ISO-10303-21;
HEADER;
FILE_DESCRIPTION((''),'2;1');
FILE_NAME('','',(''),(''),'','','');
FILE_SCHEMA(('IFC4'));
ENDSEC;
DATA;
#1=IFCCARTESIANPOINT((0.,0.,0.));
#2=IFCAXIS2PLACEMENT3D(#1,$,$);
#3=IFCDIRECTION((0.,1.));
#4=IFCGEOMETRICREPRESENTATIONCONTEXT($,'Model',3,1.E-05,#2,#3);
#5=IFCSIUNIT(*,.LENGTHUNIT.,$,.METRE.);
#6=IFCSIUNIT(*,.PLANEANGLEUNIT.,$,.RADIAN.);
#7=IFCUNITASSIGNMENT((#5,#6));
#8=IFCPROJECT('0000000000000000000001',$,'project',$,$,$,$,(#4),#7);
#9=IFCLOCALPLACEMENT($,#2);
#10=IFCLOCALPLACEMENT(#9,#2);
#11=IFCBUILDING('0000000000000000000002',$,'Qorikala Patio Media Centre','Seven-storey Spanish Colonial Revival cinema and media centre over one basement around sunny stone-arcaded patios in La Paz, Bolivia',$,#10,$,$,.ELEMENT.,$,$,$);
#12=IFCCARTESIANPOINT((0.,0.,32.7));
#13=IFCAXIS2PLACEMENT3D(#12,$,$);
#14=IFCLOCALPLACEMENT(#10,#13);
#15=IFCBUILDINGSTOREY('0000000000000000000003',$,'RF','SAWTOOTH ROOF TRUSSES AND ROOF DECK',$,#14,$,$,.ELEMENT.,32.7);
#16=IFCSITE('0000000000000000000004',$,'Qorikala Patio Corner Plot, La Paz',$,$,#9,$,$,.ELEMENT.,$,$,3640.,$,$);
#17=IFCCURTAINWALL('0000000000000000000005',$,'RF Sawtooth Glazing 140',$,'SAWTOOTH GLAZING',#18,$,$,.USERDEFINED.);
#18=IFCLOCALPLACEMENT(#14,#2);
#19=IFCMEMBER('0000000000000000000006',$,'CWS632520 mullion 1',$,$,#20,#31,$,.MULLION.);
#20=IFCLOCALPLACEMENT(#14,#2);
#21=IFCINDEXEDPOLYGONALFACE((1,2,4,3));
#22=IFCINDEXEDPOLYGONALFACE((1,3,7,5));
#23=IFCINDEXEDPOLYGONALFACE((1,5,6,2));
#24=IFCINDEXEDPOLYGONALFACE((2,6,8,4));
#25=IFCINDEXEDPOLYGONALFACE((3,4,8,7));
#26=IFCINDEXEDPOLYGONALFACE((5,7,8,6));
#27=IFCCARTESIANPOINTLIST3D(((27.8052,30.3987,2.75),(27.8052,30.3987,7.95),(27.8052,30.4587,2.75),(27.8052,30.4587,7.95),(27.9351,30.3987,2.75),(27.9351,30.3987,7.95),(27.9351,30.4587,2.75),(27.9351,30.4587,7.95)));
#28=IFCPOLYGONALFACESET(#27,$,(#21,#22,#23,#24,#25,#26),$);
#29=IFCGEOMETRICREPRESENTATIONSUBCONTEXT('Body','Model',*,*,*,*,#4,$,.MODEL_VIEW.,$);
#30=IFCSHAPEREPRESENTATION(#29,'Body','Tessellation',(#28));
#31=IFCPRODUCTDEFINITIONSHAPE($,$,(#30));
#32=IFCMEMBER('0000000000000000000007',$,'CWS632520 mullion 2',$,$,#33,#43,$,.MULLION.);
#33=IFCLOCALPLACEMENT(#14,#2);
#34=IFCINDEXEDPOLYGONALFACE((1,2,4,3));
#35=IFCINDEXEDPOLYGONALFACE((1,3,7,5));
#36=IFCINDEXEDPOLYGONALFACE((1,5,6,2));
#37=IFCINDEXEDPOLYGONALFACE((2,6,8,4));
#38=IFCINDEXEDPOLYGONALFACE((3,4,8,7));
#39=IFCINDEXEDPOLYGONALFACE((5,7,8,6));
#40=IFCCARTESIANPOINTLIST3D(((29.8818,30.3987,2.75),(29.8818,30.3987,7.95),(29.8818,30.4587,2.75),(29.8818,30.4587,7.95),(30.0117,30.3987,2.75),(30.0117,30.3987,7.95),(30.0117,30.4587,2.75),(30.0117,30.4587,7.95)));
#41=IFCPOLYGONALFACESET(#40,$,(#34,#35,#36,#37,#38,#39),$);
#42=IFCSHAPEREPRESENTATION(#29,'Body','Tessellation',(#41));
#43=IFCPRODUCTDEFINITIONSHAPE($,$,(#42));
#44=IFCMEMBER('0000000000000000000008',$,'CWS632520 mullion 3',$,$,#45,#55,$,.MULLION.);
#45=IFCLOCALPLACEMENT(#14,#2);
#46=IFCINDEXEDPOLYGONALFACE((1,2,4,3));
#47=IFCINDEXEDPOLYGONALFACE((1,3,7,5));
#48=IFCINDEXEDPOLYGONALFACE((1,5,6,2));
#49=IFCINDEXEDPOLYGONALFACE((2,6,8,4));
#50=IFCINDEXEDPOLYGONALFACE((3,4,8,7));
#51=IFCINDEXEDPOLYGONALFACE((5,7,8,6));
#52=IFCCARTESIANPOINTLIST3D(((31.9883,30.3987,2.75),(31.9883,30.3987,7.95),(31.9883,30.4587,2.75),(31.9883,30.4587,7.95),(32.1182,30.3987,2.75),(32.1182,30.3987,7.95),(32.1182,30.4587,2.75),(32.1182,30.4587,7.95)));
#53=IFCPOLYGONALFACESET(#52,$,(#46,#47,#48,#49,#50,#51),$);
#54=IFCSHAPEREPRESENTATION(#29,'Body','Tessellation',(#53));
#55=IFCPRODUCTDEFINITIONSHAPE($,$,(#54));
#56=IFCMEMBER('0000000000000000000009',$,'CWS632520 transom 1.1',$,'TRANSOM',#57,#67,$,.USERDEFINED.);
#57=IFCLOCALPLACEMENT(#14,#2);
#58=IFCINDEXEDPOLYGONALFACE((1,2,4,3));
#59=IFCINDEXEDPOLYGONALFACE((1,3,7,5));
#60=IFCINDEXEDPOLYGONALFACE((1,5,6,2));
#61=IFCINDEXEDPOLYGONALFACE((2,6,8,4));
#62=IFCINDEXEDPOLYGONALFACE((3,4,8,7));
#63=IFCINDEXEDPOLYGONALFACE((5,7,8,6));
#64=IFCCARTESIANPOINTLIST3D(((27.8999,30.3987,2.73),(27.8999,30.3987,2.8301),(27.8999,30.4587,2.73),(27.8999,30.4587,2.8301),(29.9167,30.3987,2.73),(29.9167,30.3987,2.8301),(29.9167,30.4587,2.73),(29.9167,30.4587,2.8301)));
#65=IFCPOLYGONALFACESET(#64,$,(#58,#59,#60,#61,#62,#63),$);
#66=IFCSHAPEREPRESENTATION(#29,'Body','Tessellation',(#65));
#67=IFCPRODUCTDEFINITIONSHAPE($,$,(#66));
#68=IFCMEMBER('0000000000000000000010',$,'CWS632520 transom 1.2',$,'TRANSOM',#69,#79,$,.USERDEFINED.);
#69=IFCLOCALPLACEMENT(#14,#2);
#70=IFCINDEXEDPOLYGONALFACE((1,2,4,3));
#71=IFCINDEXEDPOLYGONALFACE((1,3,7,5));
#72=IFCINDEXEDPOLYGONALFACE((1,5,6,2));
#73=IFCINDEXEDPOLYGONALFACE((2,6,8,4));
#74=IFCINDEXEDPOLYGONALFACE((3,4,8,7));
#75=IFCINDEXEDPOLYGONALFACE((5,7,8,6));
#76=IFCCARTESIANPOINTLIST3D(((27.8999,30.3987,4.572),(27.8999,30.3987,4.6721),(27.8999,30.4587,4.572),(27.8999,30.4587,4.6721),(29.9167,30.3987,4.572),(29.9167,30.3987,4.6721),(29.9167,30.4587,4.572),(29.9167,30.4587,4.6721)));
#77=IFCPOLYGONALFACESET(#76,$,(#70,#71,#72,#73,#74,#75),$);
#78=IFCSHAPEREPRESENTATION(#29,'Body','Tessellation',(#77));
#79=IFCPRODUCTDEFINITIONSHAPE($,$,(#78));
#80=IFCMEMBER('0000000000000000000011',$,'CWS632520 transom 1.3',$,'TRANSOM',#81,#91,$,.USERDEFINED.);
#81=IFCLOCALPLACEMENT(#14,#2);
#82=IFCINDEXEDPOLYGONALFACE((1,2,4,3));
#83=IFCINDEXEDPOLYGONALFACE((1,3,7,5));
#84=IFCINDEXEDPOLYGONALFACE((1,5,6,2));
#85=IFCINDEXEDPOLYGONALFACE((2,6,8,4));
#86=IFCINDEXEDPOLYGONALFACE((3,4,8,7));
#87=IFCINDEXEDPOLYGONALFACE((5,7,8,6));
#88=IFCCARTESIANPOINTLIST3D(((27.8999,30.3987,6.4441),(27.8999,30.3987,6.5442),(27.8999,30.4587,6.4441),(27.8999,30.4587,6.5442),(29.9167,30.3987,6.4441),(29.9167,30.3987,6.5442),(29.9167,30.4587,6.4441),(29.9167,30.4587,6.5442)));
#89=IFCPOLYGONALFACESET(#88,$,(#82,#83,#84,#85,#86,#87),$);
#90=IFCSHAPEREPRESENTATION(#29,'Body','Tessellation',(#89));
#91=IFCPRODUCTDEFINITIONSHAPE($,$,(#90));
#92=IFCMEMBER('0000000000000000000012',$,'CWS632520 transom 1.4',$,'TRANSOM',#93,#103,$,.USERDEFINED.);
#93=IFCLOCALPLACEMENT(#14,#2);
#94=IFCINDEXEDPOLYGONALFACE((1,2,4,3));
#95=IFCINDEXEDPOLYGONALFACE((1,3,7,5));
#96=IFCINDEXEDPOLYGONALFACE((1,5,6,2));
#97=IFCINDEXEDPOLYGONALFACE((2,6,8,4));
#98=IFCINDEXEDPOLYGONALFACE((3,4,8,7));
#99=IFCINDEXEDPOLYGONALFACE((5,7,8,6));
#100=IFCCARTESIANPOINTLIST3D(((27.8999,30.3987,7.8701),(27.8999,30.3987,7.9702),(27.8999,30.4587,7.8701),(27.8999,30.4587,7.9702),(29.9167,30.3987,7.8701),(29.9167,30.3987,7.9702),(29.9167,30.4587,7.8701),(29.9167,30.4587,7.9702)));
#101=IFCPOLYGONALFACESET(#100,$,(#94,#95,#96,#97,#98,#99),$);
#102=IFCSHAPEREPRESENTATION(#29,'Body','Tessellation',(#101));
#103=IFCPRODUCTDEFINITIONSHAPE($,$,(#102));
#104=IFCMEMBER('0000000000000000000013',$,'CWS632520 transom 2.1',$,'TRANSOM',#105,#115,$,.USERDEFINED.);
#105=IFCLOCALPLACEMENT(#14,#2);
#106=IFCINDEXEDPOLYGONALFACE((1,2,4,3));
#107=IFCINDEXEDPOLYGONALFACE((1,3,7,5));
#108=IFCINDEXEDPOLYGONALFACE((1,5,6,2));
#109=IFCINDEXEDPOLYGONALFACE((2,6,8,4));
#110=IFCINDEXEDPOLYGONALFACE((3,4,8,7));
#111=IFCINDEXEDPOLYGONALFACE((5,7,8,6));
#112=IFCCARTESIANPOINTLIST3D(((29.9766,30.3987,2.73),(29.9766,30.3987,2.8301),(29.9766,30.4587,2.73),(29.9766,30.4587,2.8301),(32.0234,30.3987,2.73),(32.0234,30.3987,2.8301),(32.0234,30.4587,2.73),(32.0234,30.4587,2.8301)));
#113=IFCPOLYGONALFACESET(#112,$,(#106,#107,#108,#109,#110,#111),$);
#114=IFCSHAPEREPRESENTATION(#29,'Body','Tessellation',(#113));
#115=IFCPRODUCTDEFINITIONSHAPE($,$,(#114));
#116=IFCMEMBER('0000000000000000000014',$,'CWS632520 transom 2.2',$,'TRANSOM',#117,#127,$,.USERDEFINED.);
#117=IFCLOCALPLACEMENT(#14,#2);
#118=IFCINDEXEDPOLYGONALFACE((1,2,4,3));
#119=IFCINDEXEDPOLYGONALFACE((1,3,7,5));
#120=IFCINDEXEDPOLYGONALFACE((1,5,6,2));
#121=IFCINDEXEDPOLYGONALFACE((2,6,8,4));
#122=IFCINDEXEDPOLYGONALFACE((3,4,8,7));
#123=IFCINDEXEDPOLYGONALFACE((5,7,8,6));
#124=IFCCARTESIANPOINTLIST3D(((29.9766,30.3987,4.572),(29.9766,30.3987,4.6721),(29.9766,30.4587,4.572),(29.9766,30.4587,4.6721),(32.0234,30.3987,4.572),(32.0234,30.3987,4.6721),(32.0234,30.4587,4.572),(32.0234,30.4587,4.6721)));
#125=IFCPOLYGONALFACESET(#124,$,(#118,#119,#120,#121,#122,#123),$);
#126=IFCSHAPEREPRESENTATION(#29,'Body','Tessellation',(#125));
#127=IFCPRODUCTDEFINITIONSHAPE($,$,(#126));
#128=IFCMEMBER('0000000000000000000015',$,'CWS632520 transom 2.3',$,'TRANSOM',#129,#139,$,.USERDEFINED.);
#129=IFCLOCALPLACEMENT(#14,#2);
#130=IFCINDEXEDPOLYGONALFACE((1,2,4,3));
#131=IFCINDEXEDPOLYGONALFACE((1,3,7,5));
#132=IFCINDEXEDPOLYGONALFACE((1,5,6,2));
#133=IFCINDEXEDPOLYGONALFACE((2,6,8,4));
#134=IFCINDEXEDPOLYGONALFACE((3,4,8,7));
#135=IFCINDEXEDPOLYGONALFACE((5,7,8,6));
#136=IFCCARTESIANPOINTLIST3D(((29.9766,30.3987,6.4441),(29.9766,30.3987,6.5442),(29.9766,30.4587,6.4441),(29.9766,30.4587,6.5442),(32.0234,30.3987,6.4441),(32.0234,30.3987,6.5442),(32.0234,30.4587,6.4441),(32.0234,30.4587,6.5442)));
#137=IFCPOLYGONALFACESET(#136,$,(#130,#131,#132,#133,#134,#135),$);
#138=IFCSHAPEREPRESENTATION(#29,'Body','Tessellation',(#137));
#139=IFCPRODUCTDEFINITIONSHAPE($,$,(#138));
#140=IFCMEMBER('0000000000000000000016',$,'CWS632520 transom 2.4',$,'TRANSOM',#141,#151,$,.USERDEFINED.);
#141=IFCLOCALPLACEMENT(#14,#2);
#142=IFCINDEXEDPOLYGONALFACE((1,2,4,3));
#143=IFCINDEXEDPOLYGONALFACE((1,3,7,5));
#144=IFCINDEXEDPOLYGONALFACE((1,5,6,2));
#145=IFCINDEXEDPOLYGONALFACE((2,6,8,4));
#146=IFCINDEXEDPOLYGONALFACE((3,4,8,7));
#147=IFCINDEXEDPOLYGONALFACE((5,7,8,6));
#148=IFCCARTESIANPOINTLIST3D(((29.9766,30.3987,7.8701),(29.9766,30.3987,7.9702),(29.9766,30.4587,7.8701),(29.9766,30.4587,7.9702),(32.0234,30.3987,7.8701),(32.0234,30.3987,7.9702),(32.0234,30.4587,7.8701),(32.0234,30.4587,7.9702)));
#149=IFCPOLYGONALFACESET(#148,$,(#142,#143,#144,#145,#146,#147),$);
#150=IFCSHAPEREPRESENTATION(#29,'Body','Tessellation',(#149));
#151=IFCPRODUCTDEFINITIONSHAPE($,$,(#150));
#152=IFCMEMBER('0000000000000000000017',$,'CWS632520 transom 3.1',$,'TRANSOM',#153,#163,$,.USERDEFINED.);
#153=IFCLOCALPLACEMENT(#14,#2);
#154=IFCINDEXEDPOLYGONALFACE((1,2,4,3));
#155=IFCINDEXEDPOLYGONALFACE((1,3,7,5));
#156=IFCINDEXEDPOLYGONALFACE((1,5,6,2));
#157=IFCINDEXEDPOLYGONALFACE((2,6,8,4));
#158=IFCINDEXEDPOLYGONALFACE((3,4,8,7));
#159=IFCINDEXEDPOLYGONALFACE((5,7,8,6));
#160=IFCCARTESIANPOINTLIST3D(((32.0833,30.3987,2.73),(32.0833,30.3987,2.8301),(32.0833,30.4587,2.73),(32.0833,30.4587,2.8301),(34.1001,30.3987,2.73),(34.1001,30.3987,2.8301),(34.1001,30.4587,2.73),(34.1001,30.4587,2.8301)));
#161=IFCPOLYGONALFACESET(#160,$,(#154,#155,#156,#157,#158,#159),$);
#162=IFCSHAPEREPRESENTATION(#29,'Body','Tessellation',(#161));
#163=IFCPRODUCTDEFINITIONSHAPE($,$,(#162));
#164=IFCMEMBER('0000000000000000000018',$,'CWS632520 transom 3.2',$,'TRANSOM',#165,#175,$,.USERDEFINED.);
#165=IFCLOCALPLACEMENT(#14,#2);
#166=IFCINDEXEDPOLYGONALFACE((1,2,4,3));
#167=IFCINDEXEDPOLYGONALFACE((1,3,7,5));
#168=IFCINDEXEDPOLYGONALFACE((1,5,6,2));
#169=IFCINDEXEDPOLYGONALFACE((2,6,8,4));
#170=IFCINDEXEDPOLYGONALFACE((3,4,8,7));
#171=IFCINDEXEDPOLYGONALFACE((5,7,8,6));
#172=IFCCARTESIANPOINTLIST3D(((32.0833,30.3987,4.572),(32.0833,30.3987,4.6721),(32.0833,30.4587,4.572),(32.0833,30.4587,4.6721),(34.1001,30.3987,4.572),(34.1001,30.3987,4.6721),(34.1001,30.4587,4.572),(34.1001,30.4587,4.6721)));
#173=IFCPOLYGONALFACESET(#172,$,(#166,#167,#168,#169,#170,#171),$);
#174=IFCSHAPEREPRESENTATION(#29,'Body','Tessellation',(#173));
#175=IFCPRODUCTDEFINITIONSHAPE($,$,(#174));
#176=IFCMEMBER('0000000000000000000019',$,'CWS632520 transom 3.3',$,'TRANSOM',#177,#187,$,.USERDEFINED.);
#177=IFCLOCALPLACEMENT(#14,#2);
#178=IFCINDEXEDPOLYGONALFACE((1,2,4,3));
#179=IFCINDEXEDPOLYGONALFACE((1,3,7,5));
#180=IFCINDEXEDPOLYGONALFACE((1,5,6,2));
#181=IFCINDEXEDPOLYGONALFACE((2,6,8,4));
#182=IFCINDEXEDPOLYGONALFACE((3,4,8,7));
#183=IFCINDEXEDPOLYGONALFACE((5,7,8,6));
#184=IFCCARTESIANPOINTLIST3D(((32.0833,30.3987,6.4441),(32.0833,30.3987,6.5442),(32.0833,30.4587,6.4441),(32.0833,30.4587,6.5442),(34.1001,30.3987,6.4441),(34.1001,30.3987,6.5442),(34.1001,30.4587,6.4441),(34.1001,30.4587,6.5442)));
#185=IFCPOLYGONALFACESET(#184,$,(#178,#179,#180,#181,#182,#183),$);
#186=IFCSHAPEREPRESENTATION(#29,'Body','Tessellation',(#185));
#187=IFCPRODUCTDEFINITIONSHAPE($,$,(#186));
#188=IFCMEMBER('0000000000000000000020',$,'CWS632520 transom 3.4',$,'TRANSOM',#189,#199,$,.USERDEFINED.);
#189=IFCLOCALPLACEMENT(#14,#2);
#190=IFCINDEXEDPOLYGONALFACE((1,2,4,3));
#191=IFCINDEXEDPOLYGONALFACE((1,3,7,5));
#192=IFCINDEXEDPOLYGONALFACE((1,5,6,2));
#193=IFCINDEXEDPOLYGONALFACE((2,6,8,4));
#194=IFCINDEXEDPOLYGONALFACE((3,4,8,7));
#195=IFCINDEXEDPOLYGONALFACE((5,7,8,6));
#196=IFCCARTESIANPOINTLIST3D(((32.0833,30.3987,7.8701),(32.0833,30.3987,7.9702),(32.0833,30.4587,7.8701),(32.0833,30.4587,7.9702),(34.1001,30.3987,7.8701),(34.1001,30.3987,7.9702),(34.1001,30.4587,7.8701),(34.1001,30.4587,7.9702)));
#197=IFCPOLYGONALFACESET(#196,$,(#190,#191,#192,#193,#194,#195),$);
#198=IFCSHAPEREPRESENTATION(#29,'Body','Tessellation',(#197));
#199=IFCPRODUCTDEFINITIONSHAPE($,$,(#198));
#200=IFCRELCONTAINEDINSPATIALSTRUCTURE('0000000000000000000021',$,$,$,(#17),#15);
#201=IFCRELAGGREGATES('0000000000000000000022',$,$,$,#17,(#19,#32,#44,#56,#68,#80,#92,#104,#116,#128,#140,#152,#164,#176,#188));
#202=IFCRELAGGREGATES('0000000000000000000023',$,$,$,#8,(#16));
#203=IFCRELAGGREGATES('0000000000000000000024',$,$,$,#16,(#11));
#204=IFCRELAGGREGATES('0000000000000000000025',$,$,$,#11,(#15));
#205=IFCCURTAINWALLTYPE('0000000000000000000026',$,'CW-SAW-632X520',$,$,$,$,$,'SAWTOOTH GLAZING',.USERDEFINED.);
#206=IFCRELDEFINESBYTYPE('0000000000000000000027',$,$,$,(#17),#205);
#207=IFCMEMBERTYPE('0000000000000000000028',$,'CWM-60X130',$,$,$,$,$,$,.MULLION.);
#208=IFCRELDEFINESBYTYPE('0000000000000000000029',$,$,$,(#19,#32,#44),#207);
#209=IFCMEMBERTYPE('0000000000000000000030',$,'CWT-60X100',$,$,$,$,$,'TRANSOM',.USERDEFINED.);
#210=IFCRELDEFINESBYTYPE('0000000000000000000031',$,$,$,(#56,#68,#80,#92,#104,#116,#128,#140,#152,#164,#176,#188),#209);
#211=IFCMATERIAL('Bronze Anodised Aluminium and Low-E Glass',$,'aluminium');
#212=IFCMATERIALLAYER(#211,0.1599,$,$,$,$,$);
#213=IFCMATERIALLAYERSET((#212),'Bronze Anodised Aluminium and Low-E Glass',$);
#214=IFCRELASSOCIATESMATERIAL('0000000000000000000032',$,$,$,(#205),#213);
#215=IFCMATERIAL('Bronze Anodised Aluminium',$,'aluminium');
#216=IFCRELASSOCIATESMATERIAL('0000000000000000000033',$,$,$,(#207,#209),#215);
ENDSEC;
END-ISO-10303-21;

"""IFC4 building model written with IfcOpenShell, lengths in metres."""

from ifc_helpers import new_model, si_unit, direction, frame, origin, origin_2d, place, context, subcontext, project, spatial, rectangle, extrude, material, layer, layer_set, material_profile, profile_set, type_object, element, aggregate, save


model = new_model("IFC4")

# Units and contexts
model_context = context("Model", 3, precision=1e-05, world=origin(), true_north=direction((0.0, 1.0)))
body_context = subcontext(model_context, "Body", "Model", "MODEL_VIEW")
ifc_project = project(units=[si_unit("LENGTHUNIT", "METRE"), si_unit("PLANEANGLEUNIT", "RADIAN")], contexts=[model_context])

# Site, building, storey
site_placement = place(None, origin())
site = spatial("IfcSite", under=ifc_project, at=site_placement, Name="Qorikala Patio Corner Plot, La Paz", CompositionType="ELEMENT", RefElevation=3640.0)
building_placement = place(site_placement, origin())
building = spatial("IfcBuilding", under=site, at=building_placement, Name="Qorikala Patio Media Centre", Description="Seven-storey Spanish Colonial Revival cinema and media centre over one basement around sunny stone-arcaded patios in La Paz, Bolivia", CompositionType="ELEMENT")
storey_placement = place(building_placement, frame((0.0, 0.0, 32.7)))
storey = spatial("IfcBuildingStorey", under=building, at=storey_placement, Name="RF", Description="SAWTOOTH ROOF TRUSSES AND ROOF DECK", CompositionType="ELEMENT", Elevation=32.7)

# Curtain wall, members
ifc_material_1 = material(Name="Bronze Anodised Aluminium and Low-E Glass", Category="aluminium")
ifc_layer_1 = layer(ifc_material_1, 0.1599)
ifc_layer_set_1 = layer_set([ifc_layer_1], Name="Bronze Anodised Aluminium and Low-E Glass")
curtain_wall_type = type_object("IfcCurtainWallType", Name="CW-SAW-632X520", ElementType="SAWTOOTH GLAZING", PredefinedType="USERDEFINED", material=ifc_layer_set_1)
curtain_wall_placement = place(storey_placement, origin())
curtain_wall = element("IfcCurtainWall", 1, at=curtain_wall_placement, inside=storey, type_object=curtain_wall_type, Name="RF Sawtooth Glazing 140", ObjectType="SAWTOOTH GLAZING", PredefinedType="USERDEFINED")
ifc_material_2 = material(Name="Bronze Anodised Aluminium", Category="aluminium")
ifc_material_profile_1 = material_profile(ifc_material_2, rectangle(XDim=0.0601, YDim=0.1299, at=origin_2d()), Name="ALU MULLION 60x130")
ifc_profile_set_1 = profile_set([ifc_material_profile_1], Name="Bronze Anodised Aluminium")
member_type_1 = type_object("IfcMemberType", Name="CWM-60X130", PredefinedType="MULLION", material=ifc_profile_set_1)
member_1_placement = place(storey_placement, frame((27.8701, 30.4287, 2.75), z_axis=(0.0, 0.0, 1.0), x_axis=(0.0, 1.0, 0.0)))
member_1 = element("IfcMember", 2, at=member_1_placement, type_object=member_type_1, Name="CWS632520 mullion 1", PredefinedType="MULLION", context=body_context, shape_type="SweptSolid", body=[
    extrude(rectangle(XDim=0.0601, YDim=0.1299, at=origin_2d()), origin(), (0.0, 0.0, 1.0), 5.2),
])
member_2_placement = place(storey_placement, frame((29.9468, 30.4287, 2.75), z_axis=(0.0, 0.0, 1.0), x_axis=(0.0, 1.0, 0.0)))
member_2 = element("IfcMember", 3, at=member_2_placement, type_object=member_type_1, Name="CWS632520 mullion 2", PredefinedType="MULLION", context=body_context, shape_type="SweptSolid", body=[
    extrude(rectangle(XDim=0.0601, YDim=0.1299, at=origin_2d()), origin(), (0.0, 0.0, 1.0), 5.2),
])
member_3_placement = place(storey_placement, frame((32.0532, 30.4287, 2.75), z_axis=(0.0, 0.0, 1.0), x_axis=(0.0, 1.0, 0.0)))
member_3 = element("IfcMember", 4, at=member_3_placement, type_object=member_type_1, Name="CWS632520 mullion 3", PredefinedType="MULLION", context=body_context, shape_type="SweptSolid", body=[
    extrude(rectangle(XDim=0.0601, YDim=0.1299, at=origin_2d()), origin(), (0.0, 0.0, 1.0), 5.2),
])
ifc_material_profile_2 = material_profile(ifc_material_2, rectangle(XDim=0.0601, YDim=0.1001, at=origin_2d()), Name="ALU TRANSOM 60x100")
ifc_profile_set_2 = profile_set([ifc_material_profile_2], Name="Bronze Anodised Aluminium")
member_type_2 = type_object("IfcMemberType", Name="CWT-60X100", ElementType="TRANSOM", PredefinedType="USERDEFINED", material=ifc_profile_set_2)
member_4_placement = place(storey_placement, frame((27.8999, 30.4287, 2.78), z_axis=(1.0, 0.0, 0.0), x_axis=(0.0, 1.0, 0.0)))
member_4 = element("IfcMember", 5, at=member_4_placement, type_object=member_type_2, Name="CWS632520 transom 1.1", ObjectType="TRANSOM", PredefinedType="USERDEFINED", context=body_context, shape_type="SweptSolid", body=[
    extrude(rectangle(XDim=0.0601, YDim=0.1001, at=origin_2d()), origin(), (0.0, 0.0, 1.0), 2.0168),
])
member_5_placement = place(storey_placement, frame((27.8999, 30.4287, 4.6221), z_axis=(1.0, 0.0, 0.0), x_axis=(0.0, 1.0, 0.0)))
member_5 = element("IfcMember", 6, at=member_5_placement, type_object=member_type_2, Name="CWS632520 transom 1.2", ObjectType="TRANSOM", PredefinedType="USERDEFINED", context=body_context, shape_type="SweptSolid", body=[
    extrude(rectangle(XDim=0.0601, YDim=0.1001, at=origin_2d()), origin(), (0.0, 0.0, 1.0), 2.0168),
])
member_6_placement = place(storey_placement, frame((27.8999, 30.4287, 6.4941), z_axis=(1.0, 0.0, 0.0), x_axis=(0.0, 1.0, 0.0)))
member_6 = element("IfcMember", 7, at=member_6_placement, type_object=member_type_2, Name="CWS632520 transom 1.3", ObjectType="TRANSOM", PredefinedType="USERDEFINED", context=body_context, shape_type="SweptSolid", body=[
    extrude(rectangle(XDim=0.0601, YDim=0.1001, at=origin_2d()), origin(), (0.0, 0.0, 1.0), 2.0168),
])
member_7_placement = place(storey_placement, frame((27.8999, 30.4287, 7.9202), z_axis=(1.0, 0.0, 0.0), x_axis=(0.0, 1.0, 0.0)))
member_7 = element("IfcMember", 8, at=member_7_placement, type_object=member_type_2, Name="CWS632520 transom 1.4", ObjectType="TRANSOM", PredefinedType="USERDEFINED", context=body_context, shape_type="SweptSolid", body=[
    extrude(rectangle(XDim=0.0601, YDim=0.1001, at=origin_2d()), origin(), (0.0, 0.0, 1.0), 2.0168),
])
member_8_placement = place(storey_placement, frame((29.9766, 30.4287, 2.78), z_axis=(1.0, 0.0, 0.0), x_axis=(0.0, 1.0, 0.0)))
member_8 = element("IfcMember", 9, at=member_8_placement, type_object=member_type_2, Name="CWS632520 transom 2.1", ObjectType="TRANSOM", PredefinedType="USERDEFINED", context=body_context, shape_type="SweptSolid", body=[
    extrude(rectangle(XDim=0.0601, YDim=0.1001, at=origin_2d()), origin(), (0.0, 0.0, 1.0), 2.0469),
])
member_9_placement = place(storey_placement, frame((29.9766, 30.4287, 4.6221), z_axis=(1.0, 0.0, 0.0), x_axis=(0.0, 1.0, 0.0)))
member_9 = element("IfcMember", 10, at=member_9_placement, type_object=member_type_2, Name="CWS632520 transom 2.2", ObjectType="TRANSOM", PredefinedType="USERDEFINED", context=body_context, shape_type="SweptSolid", body=[
    extrude(rectangle(XDim=0.0601, YDim=0.1001, at=origin_2d()), origin(), (0.0, 0.0, 1.0), 2.0469),
])
member_10_placement = place(storey_placement, frame((29.9766, 30.4287, 6.4941), z_axis=(1.0, 0.0, 0.0), x_axis=(0.0, 1.0, 0.0)))
member_10 = element("IfcMember", 11, at=member_10_placement, type_object=member_type_2, Name="CWS632520 transom 2.3", ObjectType="TRANSOM", PredefinedType="USERDEFINED", context=body_context, shape_type="SweptSolid", body=[
    extrude(rectangle(XDim=0.0601, YDim=0.1001, at=origin_2d()), origin(), (0.0, 0.0, 1.0), 2.0469),
])
member_11_placement = place(storey_placement, frame((29.9766, 30.4287, 7.9202), z_axis=(1.0, 0.0, 0.0), x_axis=(0.0, 1.0, 0.0)))
member_11 = element("IfcMember", 12, at=member_11_placement, type_object=member_type_2, Name="CWS632520 transom 2.4", ObjectType="TRANSOM", PredefinedType="USERDEFINED", context=body_context, shape_type="SweptSolid", body=[
    extrude(rectangle(XDim=0.0601, YDim=0.1001, at=origin_2d()), origin(), (0.0, 0.0, 1.0), 2.0469),
])
member_12_placement = place(storey_placement, frame((32.0833, 30.4287, 2.78), z_axis=(1.0, 0.0, 0.0), x_axis=(0.0, 1.0, 0.0)))
member_12 = element("IfcMember", 13, at=member_12_placement, type_object=member_type_2, Name="CWS632520 transom 3.1", ObjectType="TRANSOM", PredefinedType="USERDEFINED", context=body_context, shape_type="SweptSolid", body=[
    extrude(rectangle(XDim=0.0601, YDim=0.1001, at=origin_2d()), origin(), (0.0, 0.0, 1.0), 2.0168),
])
member_13_placement = place(storey_placement, frame((32.0833, 30.4287, 4.6221), z_axis=(1.0, 0.0, 0.0), x_axis=(0.0, 1.0, 0.0)))
member_13 = element("IfcMember", 14, at=member_13_placement, type_object=member_type_2, Name="CWS632520 transom 3.2", ObjectType="TRANSOM", PredefinedType="USERDEFINED", context=body_context, shape_type="SweptSolid", body=[
    extrude(rectangle(XDim=0.0601, YDim=0.1001, at=origin_2d()), origin(), (0.0, 0.0, 1.0), 2.0168),
])
member_14_placement = place(storey_placement, frame((32.0833, 30.4287, 6.4941), z_axis=(1.0, 0.0, 0.0), x_axis=(0.0, 1.0, 0.0)))
member_14 = element("IfcMember", 15, at=member_14_placement, type_object=member_type_2, Name="CWS632520 transom 3.3", ObjectType="TRANSOM", PredefinedType="USERDEFINED", context=body_context, shape_type="SweptSolid", body=[
    extrude(rectangle(XDim=0.0601, YDim=0.1001, at=origin_2d()), origin(), (0.0, 0.0, 1.0), 2.0168),
])
member_15_placement = place(storey_placement, frame((32.0833, 30.4287, 7.9202), z_axis=(1.0, 0.0, 0.0), x_axis=(0.0, 1.0, 0.0)))
member_15 = element("IfcMember", 16, at=member_15_placement, type_object=member_type_2, Name="CWS632520 transom 3.4", ObjectType="TRANSOM", PredefinedType="USERDEFINED", context=body_context, shape_type="SweptSolid", body=[
    extrude(rectangle(XDim=0.0601, YDim=0.1001, at=origin_2d()), origin(), (0.0, 0.0, 1.0), 2.0168),
])

aggregate(curtain_wall, [member_1, member_2, member_3, member_4, member_5, member_6, member_7, member_8, member_9, member_10, member_11, member_12, member_13, member_14, member_15])

save(model, "model.ifc")
